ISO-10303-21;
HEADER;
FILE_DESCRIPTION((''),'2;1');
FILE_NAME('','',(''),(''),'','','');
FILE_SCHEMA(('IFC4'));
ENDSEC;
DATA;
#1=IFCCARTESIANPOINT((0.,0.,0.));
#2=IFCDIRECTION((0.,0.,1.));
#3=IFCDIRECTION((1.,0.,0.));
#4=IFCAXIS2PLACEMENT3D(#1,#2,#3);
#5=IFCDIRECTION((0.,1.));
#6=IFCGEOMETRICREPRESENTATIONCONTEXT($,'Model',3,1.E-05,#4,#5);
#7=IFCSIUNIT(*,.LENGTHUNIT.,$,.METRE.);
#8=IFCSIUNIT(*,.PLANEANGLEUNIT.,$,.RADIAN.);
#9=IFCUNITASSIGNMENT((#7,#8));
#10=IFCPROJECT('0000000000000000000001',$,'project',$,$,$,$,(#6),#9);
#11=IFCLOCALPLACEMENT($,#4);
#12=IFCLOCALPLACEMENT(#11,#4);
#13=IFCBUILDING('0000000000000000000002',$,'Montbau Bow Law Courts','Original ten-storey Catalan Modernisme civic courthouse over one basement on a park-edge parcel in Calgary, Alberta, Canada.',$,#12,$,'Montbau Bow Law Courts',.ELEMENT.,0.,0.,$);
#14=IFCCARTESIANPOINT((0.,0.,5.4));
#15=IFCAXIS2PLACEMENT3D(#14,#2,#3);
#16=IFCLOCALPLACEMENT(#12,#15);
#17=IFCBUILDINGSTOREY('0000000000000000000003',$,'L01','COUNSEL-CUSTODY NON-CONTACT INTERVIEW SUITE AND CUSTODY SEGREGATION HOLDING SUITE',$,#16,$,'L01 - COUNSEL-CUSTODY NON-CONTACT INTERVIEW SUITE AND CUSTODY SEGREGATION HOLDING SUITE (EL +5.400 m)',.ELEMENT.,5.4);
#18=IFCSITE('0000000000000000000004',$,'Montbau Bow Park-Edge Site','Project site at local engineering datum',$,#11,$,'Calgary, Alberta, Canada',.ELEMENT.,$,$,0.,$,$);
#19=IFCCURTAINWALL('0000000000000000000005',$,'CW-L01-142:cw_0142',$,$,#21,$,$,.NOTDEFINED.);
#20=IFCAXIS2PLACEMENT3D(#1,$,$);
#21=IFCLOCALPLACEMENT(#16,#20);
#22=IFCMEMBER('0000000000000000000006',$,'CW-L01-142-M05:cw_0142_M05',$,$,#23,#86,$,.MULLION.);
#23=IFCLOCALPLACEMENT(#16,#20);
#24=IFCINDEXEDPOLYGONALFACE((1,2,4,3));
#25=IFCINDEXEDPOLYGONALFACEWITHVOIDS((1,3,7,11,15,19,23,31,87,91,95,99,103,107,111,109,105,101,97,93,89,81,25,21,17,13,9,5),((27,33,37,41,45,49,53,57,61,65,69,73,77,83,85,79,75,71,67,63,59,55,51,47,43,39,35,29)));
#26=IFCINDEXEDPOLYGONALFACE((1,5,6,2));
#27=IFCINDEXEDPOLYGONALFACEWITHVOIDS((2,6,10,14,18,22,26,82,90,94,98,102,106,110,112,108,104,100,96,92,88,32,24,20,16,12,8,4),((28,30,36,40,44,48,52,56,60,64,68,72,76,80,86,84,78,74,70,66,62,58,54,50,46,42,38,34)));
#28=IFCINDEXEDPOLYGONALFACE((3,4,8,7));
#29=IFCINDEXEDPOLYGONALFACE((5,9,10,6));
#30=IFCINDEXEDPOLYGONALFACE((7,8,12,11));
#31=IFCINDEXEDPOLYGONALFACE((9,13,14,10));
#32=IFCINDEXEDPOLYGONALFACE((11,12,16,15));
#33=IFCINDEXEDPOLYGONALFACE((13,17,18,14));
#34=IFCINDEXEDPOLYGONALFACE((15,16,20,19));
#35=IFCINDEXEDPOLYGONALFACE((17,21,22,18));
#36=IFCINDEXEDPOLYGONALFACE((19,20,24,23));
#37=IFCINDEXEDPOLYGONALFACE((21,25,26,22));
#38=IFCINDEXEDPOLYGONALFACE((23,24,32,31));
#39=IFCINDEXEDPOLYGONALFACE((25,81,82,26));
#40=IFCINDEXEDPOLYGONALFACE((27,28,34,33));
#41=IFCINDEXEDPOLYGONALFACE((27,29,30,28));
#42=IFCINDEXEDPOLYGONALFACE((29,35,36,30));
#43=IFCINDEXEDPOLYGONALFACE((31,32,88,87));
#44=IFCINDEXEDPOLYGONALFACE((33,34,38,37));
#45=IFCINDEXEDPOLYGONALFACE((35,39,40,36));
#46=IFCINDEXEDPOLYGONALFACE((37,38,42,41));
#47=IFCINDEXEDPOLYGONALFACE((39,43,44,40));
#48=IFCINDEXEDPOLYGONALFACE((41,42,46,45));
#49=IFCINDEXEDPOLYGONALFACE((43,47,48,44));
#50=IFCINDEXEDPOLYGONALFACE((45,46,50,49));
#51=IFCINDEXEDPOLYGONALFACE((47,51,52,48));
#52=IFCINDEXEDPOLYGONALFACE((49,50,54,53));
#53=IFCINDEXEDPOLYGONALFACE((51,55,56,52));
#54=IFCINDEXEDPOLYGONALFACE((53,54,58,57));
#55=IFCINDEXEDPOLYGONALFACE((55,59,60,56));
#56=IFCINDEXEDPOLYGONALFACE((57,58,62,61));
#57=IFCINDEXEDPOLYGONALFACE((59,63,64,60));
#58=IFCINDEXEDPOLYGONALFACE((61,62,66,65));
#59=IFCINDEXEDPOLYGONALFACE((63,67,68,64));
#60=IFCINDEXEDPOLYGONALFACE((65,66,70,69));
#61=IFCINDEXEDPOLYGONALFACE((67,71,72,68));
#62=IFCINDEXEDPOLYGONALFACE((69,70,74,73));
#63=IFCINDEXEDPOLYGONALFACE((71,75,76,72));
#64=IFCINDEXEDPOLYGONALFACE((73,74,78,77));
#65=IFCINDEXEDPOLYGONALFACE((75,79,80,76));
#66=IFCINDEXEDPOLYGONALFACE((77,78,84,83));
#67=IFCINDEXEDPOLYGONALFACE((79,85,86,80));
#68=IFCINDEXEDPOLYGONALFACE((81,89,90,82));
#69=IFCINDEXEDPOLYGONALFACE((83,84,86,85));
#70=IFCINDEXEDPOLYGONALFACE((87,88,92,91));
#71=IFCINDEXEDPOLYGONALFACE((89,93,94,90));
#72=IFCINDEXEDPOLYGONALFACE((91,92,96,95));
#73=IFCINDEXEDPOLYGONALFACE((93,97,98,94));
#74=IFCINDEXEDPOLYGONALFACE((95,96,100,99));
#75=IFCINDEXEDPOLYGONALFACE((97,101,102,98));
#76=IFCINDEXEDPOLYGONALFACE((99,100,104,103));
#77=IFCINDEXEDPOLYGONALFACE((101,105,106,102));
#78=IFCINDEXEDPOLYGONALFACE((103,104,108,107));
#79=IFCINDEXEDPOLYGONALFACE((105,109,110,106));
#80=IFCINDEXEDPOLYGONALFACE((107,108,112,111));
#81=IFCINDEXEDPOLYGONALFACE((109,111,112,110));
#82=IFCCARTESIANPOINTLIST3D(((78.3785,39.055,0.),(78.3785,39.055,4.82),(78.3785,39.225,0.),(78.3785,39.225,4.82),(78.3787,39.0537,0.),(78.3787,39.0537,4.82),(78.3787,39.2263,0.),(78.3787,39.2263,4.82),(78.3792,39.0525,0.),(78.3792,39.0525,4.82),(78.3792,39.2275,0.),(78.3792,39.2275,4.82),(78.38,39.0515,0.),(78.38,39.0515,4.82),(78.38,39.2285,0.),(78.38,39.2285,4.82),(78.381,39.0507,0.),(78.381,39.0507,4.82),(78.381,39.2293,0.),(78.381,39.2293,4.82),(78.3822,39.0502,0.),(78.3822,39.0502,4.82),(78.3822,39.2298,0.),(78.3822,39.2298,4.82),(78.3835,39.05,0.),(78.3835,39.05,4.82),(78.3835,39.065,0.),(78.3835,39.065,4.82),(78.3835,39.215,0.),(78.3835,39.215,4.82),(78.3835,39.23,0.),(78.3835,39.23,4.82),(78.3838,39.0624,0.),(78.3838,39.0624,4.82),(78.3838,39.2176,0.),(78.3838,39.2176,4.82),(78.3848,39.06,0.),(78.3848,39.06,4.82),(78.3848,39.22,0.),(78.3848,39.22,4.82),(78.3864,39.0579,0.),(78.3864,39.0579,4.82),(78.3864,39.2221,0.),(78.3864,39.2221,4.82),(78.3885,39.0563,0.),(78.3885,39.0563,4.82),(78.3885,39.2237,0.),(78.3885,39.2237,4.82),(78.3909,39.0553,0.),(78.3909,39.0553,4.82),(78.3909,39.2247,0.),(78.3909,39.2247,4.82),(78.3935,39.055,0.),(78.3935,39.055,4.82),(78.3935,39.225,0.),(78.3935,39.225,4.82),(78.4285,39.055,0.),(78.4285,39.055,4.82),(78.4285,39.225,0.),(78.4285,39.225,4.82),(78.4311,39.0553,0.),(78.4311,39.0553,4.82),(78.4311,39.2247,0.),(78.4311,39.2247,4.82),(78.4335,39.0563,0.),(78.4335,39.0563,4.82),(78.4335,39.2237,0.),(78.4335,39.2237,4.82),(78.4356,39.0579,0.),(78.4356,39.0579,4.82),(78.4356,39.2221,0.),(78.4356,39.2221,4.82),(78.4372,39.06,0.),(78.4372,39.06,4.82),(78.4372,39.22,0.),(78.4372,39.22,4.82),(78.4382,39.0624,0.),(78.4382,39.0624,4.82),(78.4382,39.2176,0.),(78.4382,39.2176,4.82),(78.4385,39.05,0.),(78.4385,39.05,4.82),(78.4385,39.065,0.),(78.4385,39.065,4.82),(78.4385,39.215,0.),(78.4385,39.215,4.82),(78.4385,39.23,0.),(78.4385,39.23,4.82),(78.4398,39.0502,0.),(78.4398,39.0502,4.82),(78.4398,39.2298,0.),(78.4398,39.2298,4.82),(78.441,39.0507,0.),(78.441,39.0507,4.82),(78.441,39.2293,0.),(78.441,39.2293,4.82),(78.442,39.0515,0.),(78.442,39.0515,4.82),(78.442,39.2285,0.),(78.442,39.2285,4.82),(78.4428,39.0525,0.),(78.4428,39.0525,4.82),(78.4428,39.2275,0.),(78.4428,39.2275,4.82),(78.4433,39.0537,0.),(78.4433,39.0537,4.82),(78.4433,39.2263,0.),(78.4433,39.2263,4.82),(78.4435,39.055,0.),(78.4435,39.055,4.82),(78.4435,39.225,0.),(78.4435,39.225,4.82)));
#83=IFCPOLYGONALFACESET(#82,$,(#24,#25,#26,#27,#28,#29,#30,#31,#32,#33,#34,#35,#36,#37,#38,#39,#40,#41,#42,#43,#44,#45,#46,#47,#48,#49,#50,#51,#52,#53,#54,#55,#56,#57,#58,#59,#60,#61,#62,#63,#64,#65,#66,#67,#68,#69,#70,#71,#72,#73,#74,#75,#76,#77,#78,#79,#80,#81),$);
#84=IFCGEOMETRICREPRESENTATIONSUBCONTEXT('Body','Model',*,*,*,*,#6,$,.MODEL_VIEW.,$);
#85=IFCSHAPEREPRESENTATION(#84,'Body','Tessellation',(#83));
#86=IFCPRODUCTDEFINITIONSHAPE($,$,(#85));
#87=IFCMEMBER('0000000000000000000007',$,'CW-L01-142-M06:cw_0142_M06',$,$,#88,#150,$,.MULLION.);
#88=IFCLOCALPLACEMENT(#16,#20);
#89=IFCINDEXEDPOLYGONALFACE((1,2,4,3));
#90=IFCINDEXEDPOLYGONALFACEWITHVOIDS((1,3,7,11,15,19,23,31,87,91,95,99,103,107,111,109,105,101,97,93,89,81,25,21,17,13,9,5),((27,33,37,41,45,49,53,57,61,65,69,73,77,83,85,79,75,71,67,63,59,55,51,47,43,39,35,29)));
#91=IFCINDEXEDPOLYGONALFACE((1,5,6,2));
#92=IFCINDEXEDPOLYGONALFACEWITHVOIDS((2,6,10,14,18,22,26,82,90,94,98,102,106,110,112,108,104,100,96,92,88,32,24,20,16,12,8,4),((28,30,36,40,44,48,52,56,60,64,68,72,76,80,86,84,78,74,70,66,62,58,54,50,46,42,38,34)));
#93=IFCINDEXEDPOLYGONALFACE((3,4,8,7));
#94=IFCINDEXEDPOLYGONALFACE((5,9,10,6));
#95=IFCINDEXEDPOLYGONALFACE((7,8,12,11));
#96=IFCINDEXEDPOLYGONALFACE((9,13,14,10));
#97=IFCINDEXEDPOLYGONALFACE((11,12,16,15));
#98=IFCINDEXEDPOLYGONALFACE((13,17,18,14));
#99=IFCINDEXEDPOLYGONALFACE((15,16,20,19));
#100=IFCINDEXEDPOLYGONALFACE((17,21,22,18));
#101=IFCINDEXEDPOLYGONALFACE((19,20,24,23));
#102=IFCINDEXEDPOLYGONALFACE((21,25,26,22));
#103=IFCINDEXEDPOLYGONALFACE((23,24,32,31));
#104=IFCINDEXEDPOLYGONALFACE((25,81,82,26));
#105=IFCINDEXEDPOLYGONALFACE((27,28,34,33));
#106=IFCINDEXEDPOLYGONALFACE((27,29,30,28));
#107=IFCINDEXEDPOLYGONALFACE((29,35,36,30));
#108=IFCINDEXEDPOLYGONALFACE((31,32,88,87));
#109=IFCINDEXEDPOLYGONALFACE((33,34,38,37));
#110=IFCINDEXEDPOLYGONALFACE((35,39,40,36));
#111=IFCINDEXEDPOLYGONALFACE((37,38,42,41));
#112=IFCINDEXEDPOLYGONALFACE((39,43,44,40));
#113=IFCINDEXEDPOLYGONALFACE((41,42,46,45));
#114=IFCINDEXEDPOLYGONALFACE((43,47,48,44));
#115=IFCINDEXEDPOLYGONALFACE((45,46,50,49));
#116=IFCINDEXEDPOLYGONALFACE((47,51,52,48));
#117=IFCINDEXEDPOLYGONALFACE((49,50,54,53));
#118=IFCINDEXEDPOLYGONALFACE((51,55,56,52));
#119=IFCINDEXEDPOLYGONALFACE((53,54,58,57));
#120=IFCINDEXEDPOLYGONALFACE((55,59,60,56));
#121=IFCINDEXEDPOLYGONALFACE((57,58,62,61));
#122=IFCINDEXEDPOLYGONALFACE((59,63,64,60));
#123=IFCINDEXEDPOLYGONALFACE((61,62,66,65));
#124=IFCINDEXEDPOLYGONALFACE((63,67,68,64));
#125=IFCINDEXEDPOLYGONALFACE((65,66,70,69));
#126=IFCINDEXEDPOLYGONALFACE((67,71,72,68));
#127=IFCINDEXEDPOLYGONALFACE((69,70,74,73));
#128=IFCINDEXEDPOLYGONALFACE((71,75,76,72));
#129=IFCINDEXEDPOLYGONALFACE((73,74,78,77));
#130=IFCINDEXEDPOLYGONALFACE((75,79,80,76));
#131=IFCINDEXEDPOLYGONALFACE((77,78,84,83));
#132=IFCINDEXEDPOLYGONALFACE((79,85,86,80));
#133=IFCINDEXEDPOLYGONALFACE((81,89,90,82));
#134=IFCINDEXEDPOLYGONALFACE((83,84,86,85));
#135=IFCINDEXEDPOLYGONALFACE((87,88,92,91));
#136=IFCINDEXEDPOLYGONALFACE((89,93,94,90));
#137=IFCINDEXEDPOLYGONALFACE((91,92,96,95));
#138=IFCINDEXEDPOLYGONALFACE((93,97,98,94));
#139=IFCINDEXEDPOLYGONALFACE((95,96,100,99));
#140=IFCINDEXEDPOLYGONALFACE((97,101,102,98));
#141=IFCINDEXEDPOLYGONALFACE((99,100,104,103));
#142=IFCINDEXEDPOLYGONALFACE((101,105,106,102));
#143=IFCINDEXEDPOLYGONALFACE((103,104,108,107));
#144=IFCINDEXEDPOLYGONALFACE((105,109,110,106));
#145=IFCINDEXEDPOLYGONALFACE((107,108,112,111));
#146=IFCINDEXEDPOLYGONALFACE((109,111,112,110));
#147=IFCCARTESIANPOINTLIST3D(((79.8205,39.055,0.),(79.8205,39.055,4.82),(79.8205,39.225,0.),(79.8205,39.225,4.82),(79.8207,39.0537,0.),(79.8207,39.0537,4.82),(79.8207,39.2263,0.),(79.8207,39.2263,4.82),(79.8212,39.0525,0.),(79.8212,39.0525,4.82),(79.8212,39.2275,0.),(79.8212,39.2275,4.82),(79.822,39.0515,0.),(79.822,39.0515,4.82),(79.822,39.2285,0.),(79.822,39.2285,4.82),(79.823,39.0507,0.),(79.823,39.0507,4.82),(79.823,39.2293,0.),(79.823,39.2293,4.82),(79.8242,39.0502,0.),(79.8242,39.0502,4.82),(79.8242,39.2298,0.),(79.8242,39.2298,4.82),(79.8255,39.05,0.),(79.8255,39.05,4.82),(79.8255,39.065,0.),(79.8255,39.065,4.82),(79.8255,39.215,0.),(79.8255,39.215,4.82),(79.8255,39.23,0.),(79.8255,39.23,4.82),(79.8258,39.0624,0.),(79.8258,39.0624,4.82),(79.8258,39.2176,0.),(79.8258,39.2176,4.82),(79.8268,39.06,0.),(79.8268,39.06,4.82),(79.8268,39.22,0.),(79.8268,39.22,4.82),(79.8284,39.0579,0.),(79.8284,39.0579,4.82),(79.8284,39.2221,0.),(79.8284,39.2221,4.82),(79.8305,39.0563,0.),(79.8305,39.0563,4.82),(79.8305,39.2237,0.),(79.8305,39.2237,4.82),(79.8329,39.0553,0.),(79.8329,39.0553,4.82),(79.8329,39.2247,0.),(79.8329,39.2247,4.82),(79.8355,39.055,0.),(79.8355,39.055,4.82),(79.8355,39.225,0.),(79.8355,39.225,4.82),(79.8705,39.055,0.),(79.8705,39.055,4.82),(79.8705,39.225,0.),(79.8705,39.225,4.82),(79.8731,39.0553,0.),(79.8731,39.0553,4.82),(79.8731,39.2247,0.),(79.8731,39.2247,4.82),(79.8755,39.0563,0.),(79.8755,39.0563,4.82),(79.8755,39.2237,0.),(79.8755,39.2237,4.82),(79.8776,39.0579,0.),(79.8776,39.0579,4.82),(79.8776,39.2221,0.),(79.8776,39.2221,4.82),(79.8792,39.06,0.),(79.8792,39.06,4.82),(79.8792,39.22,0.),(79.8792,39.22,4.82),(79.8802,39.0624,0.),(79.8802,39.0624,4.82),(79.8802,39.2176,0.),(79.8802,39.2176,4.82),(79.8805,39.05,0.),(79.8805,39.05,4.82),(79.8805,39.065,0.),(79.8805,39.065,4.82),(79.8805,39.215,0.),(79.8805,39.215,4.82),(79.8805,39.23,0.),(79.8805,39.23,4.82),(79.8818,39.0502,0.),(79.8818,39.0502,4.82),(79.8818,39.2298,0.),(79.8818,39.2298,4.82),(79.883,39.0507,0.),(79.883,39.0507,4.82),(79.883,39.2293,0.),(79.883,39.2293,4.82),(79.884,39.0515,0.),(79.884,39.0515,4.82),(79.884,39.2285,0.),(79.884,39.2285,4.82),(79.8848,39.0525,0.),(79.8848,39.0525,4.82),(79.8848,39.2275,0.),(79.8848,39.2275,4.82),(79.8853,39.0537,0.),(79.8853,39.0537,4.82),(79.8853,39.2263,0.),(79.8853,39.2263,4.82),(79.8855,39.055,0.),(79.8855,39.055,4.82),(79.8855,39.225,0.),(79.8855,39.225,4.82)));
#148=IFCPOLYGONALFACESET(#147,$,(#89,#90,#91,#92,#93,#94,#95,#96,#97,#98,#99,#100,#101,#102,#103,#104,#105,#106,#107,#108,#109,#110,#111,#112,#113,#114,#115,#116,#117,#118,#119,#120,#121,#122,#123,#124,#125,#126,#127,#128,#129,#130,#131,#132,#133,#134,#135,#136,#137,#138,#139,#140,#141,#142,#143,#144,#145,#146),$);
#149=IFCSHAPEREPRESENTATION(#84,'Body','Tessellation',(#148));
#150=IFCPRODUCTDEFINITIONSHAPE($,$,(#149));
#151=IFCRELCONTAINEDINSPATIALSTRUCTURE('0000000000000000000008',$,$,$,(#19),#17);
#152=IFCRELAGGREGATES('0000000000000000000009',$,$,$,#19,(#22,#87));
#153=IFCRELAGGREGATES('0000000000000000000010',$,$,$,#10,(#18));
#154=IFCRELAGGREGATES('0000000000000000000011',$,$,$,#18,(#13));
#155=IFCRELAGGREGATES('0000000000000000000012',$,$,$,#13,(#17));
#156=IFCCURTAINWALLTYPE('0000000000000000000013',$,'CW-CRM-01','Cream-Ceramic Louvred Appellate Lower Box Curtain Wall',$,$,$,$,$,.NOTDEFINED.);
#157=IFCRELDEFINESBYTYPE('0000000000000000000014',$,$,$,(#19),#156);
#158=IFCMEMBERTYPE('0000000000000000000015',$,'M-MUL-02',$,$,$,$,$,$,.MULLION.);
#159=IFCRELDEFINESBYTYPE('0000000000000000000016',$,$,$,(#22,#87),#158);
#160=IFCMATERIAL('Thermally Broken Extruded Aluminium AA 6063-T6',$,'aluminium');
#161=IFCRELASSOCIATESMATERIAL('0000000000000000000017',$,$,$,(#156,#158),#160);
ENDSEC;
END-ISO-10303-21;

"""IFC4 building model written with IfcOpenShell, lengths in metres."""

from ifc_helpers import new_model, si_unit, direction, frame, origin_with_axes, origin_2d_with_axis, place, context, subcontext, project, spatial, hollow_rectangle, extrude, material, material_profile, profile_set, type_object, element, aggregate, save


model = new_model("IFC4")

# Units and contexts
model_context = context("Model", 3, precision=1e-05, world=origin_with_axes(), true_north=direction((0.0, 1.0)))
body_context = subcontext(model_context, "Body", "Model", "MODEL_VIEW")
ifc_project = project(units=[si_unit("LENGTHUNIT", "METRE"), si_unit("PLANEANGLEUNIT", "RADIAN")], contexts=[model_context])

# Site, building, storey
site_placement = place(None, origin_with_axes())
site = spatial("IfcSite", under=ifc_project, at=site_placement, Name="Montbau Bow Park-Edge Site", Description="Project site at local engineering datum", LongName="Calgary, Alberta, Canada", CompositionType="ELEMENT", RefElevation=0.0)
building_placement = place(site_placement, origin_with_axes())
building = spatial("IfcBuilding", under=site, at=building_placement, Name="Montbau Bow Law Courts", Description="Original ten-storey Catalan Modernisme civic courthouse over one basement on a park-edge parcel in Calgary, Alberta, Canada.", LongName="Montbau Bow Law Courts", CompositionType="ELEMENT", ElevationOfRefHeight=0.0, ElevationOfTerrain=0.0)
storey_placement = place(building_placement, frame((0.0, 0.0, 5.4), z_axis=(0.0, 0.0, 1.0), x_axis=(1.0, 0.0, 0.0)))
storey = spatial("IfcBuildingStorey", under=building, at=storey_placement, Name="L01", Description="COUNSEL-CUSTODY NON-CONTACT INTERVIEW SUITE AND CUSTODY SEGREGATION HOLDING SUITE", LongName="L01 - COUNSEL-CUSTODY NON-CONTACT INTERVIEW SUITE AND CUSTODY SEGREGATION HOLDING SUITE (EL +5.400 m)", CompositionType="ELEMENT", Elevation=5.4)

# Curtain wall, members
ifc_material_1 = material(Name="Thermally Broken Extruded Aluminium AA 6063-T6", Category="aluminium")
curtain_wall_type = type_object("IfcCurtainWallType", Name="CW-CRM-01", Description="Cream-Ceramic Louvred Appellate Lower Box Curtain Wall", PredefinedType="NOTDEFINED", material=ifc_material_1)
curtain_wall_1_placement = place(None, frame((72.515, 39.14, 5.4), z_axis=(0.0, 0.0, 1.0), x_axis=(1.0, 0.0, 0.0)))
curtain_wall_1 = element("IfcCurtainWall", 1, at=curtain_wall_1_placement, inside=storey, type_object=curtain_wall_type, Name="CW-L01-142:cw_0142", PredefinedType="NOTDEFINED")
ifc_material_profile_1 = material_profile(ifc_material_1, hollow_rectangle(XDim=0.065, YDim=0.18, WallThickness=0.005, InnerFilletRadius=0.01, OuterFilletRadius=0.005, at=origin_2d_with_axis()), Name="CWM-180X65", Category="Main", Priority=0)
ifc_profile_set_1 = profile_set([ifc_material_profile_1], Name="Thermally Broken Extruded Aluminium AA 6063-T6")
member_type_1 = type_object("IfcMemberType", Name="M-MUL-02", PredefinedType="MULLION", material=ifc_profile_set_1)
member_1_placement = place(None, frame((78.411, 39.14, 5.4), z_axis=(0.0, 0.0, 1.0), x_axis=(1.0, 0.0, 0.0)))
member_1 = element("IfcMember", 2, at=member_1_placement, type_object=member_type_1, Name="CW-L01-142-M05:cw_0142_M05", PredefinedType="MULLION", context=body_context, shape_type="SweptSolid", body=[
    extrude(hollow_rectangle(XDim=0.065, YDim=0.18, WallThickness=0.005, InnerFilletRadius=0.01, OuterFilletRadius=0.005, at=origin_2d_with_axis()), origin_with_axes(), (0.0, 0.0, 1.0), 4.82),
])
member_2_placement = place(None, frame((79.853, 39.14, 5.4), z_axis=(0.0, 0.0, 1.0), x_axis=(1.0, 0.0, 0.0)))
member_2 = element("IfcMember", 3, at=member_2_placement, type_object=member_type_1, Name="CW-L01-142-M06:cw_0142_M06", PredefinedType="MULLION", context=body_context, shape_type="SweptSolid", body=[
    extrude(hollow_rectangle(XDim=0.065, YDim=0.18, WallThickness=0.005, InnerFilletRadius=0.01, OuterFilletRadius=0.005, at=origin_2d_with_axis()), origin_with_axes(), (0.0, 0.0, 1.0), 4.82),
])

aggregate(curtain_wall_1, [member_1, member_2])

save(model, "model.ifc")
